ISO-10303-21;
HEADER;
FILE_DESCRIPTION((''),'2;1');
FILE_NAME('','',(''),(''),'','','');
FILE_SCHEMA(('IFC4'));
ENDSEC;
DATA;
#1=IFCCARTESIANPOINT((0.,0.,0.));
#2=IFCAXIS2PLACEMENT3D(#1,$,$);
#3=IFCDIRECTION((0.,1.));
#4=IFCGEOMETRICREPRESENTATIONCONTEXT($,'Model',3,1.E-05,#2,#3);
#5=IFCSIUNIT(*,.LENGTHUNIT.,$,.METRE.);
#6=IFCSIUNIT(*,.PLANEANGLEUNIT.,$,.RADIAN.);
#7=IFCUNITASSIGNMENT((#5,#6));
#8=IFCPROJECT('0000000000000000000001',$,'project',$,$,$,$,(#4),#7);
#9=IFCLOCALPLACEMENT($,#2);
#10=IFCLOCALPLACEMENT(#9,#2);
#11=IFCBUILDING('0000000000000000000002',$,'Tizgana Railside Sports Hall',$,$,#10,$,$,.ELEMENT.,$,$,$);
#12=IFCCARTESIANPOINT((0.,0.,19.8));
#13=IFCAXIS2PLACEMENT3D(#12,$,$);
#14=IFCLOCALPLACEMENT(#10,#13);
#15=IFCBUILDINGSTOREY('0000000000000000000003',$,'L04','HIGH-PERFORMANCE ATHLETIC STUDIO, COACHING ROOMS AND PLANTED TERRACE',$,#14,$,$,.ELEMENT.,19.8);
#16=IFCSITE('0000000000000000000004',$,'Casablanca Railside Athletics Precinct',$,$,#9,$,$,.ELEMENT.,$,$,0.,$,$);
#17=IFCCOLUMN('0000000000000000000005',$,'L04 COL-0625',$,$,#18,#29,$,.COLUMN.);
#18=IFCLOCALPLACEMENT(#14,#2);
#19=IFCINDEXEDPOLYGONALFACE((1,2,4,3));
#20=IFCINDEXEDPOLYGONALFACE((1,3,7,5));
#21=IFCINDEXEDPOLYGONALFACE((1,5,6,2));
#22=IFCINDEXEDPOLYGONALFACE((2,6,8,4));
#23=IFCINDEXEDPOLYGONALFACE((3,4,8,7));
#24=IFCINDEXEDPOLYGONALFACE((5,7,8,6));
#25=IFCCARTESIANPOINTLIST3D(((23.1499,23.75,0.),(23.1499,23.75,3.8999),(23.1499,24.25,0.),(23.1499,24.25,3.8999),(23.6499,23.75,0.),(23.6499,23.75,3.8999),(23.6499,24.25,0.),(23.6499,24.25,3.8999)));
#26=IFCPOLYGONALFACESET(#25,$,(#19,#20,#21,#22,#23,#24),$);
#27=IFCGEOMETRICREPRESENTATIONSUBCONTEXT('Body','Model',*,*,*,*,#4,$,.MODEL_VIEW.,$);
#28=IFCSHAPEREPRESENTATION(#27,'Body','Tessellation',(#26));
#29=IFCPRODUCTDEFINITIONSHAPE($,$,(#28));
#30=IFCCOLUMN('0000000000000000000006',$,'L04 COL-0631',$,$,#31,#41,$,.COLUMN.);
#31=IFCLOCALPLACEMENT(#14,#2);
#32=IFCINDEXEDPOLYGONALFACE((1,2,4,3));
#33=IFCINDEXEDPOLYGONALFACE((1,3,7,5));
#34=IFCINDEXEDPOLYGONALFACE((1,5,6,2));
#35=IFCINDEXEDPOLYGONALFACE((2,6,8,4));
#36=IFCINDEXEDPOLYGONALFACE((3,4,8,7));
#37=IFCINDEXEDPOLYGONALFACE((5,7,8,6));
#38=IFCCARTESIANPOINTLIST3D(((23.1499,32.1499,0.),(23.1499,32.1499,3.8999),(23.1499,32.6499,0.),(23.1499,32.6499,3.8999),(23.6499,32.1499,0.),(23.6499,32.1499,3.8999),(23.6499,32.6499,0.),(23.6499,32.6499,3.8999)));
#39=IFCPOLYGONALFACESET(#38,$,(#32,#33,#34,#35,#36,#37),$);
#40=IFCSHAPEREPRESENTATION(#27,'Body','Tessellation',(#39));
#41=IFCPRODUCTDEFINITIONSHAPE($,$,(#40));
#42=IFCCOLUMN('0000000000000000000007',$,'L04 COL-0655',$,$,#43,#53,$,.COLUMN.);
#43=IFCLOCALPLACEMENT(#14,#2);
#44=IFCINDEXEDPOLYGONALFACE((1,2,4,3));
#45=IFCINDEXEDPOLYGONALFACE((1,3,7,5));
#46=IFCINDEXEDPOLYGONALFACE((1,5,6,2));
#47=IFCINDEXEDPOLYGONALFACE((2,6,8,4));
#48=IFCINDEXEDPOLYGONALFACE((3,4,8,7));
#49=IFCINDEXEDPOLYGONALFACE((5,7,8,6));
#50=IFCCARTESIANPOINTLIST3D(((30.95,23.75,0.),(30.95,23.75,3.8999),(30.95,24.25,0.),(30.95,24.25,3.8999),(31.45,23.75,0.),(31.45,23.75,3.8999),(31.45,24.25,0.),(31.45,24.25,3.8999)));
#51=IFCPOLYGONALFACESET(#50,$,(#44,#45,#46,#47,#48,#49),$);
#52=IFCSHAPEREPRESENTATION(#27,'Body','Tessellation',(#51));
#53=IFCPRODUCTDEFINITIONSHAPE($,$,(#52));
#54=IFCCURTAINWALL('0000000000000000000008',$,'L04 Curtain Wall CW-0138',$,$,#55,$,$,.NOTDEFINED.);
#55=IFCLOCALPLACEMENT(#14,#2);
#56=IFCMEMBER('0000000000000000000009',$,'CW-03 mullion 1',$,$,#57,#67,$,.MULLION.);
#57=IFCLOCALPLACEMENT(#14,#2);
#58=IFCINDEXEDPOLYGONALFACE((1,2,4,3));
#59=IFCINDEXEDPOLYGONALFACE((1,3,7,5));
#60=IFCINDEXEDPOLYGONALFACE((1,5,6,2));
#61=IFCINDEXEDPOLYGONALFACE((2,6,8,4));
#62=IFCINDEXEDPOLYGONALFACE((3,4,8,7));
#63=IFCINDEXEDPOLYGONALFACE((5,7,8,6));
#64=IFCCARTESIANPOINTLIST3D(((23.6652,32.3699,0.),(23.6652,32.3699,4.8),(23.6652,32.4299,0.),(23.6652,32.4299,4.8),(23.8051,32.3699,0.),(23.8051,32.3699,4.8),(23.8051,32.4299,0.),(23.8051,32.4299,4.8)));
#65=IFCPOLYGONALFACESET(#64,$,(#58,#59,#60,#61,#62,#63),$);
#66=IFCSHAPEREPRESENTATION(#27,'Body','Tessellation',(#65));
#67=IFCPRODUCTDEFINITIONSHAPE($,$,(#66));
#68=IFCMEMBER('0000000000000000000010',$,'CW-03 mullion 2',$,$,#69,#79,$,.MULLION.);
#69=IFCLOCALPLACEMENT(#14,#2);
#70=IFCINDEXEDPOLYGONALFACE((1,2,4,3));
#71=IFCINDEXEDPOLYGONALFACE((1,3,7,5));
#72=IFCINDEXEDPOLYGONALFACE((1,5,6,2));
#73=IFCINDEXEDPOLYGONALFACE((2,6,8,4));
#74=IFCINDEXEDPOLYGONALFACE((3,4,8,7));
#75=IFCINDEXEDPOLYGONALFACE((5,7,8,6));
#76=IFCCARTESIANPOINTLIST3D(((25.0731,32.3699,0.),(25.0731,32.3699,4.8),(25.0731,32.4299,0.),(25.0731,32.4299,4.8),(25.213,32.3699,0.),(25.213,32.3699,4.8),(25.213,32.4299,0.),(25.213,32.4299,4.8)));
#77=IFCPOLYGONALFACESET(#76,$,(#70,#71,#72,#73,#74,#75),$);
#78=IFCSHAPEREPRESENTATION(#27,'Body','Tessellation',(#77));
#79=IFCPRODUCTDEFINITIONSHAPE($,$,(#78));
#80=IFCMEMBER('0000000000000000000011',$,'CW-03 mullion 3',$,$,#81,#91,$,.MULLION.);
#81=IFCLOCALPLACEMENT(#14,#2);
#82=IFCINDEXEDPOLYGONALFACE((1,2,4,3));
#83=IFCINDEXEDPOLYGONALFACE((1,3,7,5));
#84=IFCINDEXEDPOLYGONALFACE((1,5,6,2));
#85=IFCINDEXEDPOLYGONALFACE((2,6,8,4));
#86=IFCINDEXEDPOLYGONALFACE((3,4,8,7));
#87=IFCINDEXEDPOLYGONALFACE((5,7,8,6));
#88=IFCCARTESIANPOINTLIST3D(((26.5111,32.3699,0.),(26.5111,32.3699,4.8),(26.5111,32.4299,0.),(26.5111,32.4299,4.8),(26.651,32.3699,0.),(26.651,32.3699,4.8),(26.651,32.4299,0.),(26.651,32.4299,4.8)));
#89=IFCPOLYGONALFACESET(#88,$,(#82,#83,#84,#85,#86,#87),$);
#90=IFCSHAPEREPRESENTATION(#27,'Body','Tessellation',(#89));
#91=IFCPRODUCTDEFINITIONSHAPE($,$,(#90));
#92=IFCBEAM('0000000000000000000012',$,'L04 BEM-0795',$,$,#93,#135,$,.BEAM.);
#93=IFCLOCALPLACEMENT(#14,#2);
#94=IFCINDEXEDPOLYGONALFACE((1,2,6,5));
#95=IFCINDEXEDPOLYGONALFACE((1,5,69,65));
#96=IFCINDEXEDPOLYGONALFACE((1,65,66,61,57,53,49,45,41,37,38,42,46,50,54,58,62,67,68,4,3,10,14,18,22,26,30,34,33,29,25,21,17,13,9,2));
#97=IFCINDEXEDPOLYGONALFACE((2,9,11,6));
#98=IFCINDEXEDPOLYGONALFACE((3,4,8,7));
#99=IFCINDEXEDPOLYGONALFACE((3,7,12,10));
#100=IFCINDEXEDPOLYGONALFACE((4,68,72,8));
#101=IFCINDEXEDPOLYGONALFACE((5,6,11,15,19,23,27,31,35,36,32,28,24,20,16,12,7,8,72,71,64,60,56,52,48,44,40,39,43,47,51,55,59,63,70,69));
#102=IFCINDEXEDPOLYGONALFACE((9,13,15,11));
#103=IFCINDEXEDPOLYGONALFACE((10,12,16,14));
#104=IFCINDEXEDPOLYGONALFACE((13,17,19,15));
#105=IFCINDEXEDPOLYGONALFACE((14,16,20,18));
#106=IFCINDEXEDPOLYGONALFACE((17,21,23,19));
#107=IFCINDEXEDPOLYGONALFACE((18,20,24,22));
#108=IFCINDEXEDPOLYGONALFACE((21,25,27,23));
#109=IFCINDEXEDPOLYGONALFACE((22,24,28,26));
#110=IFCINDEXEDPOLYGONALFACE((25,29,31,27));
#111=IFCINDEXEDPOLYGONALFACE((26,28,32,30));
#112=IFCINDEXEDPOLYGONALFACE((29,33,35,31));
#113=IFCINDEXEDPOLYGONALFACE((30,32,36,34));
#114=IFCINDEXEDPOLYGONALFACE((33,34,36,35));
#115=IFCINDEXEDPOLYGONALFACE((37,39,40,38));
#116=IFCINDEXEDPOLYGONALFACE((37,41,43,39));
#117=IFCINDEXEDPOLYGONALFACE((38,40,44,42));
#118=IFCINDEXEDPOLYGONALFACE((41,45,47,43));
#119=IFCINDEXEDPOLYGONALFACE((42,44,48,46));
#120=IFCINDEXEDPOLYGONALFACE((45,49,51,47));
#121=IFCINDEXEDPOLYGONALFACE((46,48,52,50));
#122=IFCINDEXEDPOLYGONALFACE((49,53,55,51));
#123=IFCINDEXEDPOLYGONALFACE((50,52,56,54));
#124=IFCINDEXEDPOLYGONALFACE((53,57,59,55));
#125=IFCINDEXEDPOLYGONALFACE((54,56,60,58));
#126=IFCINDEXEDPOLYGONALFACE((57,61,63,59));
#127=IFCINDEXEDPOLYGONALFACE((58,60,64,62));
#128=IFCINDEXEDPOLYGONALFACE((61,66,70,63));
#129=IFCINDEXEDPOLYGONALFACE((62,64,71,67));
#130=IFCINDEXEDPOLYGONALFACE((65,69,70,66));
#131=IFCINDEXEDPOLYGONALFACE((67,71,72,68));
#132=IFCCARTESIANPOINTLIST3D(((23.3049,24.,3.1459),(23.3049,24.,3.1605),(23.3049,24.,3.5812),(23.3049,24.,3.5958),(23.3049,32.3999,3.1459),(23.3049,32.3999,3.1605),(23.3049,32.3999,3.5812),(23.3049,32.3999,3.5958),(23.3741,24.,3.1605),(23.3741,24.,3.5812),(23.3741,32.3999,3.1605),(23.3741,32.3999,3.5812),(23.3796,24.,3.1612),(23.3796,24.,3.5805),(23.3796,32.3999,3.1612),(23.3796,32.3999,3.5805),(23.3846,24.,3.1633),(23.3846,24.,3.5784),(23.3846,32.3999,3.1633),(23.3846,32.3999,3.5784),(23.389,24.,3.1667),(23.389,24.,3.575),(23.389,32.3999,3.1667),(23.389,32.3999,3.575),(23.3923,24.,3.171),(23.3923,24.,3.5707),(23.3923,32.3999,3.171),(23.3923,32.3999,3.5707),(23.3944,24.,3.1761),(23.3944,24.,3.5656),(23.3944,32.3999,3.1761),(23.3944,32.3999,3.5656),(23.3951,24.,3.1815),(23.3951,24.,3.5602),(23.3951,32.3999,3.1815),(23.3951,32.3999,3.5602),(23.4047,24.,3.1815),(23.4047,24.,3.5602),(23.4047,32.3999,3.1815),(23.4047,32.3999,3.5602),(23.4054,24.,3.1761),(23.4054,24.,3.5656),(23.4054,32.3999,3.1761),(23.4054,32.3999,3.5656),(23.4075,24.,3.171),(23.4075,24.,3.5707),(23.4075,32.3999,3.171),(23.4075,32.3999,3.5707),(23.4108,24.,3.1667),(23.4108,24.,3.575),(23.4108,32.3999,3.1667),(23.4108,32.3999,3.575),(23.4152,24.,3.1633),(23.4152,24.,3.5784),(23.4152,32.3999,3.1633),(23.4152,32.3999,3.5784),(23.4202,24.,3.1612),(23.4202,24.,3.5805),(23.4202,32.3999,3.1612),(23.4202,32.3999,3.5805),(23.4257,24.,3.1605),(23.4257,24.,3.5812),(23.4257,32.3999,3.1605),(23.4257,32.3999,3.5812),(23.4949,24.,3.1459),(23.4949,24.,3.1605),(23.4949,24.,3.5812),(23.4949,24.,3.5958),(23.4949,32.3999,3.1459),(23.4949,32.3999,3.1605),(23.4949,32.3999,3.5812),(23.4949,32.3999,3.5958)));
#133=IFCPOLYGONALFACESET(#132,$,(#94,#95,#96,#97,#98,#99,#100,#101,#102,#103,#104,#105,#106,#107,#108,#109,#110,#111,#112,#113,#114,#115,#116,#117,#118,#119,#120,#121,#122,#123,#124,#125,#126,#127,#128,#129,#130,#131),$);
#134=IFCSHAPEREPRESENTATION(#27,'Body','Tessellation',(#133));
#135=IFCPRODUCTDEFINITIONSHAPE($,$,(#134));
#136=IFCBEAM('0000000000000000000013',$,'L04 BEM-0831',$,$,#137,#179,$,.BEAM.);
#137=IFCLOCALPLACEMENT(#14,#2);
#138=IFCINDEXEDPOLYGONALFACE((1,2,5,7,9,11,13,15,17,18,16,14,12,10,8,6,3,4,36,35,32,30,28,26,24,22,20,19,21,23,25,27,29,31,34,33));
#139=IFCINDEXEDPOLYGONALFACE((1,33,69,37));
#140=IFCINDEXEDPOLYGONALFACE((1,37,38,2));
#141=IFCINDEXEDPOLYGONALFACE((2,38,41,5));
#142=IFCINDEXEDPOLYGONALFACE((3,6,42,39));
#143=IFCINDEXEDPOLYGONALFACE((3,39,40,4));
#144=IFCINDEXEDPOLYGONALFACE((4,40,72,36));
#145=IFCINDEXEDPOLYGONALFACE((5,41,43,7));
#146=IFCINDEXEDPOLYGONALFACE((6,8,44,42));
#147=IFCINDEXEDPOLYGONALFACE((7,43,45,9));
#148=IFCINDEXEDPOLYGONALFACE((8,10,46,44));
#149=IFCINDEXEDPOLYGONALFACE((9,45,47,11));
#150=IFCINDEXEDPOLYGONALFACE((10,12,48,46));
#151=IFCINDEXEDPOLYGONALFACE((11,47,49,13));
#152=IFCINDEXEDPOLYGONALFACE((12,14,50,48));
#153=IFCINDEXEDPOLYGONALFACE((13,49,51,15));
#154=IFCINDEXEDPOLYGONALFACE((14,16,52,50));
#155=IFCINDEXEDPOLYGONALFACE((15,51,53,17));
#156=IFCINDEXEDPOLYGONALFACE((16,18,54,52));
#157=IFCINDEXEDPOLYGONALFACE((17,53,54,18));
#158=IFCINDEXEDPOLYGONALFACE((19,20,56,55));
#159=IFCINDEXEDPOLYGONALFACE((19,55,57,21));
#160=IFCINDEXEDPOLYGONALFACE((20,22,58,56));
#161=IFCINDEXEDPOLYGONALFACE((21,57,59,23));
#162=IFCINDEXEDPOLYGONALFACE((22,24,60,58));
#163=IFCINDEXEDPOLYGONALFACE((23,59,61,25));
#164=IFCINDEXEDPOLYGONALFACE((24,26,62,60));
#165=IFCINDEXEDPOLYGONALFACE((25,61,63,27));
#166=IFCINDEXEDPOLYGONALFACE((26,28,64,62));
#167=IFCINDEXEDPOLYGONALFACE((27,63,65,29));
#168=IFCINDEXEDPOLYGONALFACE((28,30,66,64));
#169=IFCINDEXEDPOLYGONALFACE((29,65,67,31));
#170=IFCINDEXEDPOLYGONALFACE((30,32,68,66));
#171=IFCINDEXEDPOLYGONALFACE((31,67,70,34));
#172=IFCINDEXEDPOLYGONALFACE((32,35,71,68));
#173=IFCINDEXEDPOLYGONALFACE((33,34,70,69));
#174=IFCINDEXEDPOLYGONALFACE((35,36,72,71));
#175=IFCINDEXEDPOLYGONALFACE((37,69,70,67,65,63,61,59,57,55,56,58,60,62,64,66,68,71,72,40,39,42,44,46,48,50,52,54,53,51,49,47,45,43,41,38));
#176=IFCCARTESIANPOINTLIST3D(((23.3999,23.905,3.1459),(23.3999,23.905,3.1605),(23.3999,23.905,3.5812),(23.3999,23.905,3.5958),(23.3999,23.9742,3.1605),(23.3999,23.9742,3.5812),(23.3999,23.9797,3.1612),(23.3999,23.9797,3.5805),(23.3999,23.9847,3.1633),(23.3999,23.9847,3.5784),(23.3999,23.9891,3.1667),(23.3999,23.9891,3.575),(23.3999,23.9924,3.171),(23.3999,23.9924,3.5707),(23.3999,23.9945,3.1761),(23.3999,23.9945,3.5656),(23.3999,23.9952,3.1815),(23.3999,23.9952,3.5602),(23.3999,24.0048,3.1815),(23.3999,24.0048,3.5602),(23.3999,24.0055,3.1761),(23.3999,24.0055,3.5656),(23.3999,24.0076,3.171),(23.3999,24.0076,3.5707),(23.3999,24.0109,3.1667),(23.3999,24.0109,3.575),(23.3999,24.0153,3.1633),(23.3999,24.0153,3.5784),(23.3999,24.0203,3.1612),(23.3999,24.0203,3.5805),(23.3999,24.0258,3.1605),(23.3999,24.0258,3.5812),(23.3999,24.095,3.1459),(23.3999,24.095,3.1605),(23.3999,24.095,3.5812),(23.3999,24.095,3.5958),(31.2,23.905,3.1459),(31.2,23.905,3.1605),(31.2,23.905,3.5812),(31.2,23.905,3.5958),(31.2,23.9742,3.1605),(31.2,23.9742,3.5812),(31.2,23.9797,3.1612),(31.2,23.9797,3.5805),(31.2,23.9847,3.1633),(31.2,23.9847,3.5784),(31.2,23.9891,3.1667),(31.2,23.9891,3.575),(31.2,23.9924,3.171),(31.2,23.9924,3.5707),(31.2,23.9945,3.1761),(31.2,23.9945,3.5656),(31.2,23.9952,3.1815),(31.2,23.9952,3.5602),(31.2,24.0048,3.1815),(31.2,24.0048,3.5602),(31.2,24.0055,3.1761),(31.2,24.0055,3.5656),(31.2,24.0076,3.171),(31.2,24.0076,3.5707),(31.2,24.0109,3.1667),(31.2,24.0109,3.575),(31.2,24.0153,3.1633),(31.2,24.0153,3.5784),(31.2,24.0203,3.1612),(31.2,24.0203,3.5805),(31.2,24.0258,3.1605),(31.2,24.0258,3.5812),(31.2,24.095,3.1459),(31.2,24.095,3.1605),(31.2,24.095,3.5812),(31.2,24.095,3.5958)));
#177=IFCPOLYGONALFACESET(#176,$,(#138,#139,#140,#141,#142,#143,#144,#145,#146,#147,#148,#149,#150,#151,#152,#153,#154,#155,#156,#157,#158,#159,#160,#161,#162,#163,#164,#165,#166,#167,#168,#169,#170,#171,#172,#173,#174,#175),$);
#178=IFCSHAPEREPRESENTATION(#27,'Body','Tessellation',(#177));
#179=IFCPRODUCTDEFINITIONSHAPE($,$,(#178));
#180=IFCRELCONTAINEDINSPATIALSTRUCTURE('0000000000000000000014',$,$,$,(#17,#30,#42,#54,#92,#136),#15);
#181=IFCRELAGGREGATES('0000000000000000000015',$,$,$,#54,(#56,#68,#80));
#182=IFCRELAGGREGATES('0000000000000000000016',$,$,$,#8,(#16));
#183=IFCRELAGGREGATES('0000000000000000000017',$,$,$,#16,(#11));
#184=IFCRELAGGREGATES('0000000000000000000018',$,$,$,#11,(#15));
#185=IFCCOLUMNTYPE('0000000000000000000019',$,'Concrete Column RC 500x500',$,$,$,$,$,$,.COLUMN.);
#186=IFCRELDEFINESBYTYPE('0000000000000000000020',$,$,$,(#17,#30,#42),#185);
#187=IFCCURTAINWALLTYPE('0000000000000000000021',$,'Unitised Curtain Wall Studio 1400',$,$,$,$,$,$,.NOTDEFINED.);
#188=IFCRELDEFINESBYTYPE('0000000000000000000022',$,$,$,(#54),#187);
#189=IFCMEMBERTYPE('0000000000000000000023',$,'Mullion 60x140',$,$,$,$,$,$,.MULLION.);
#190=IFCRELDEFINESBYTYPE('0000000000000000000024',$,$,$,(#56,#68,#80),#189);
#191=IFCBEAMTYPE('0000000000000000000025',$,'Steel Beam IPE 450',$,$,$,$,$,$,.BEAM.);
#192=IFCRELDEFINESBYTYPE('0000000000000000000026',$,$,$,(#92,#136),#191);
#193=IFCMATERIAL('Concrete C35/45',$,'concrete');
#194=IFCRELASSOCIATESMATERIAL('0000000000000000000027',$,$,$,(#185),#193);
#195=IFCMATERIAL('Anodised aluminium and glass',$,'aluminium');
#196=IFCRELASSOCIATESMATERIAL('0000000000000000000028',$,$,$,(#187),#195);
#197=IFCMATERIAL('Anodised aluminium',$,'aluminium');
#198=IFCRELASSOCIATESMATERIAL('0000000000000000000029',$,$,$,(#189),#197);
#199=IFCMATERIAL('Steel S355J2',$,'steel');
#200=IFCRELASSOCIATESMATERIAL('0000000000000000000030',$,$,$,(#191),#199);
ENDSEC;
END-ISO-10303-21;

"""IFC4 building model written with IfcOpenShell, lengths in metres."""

from ifc_helpers import new_model, si_unit, direction, frame, origin, origin_2d, place, context, subcontext, project, spatial, rectangle, i_section, extrude, material, material_profile, profile_set, type_object, element, aggregate, save


model = new_model("IFC4")

# Units and contexts
model_context = context("Model", 3, precision=1e-05, world=origin(), true_north=direction((0.0, 1.0)))
body_context = subcontext(model_context, "Body", "Model", "MODEL_VIEW")
ifc_project = project(units=[si_unit("LENGTHUNIT", "METRE"), si_unit("PLANEANGLEUNIT", "RADIAN")], contexts=[model_context])

# Site, building, storey
site_placement = place(None, origin())
site = spatial("IfcSite", under=ifc_project, at=site_placement, Name="Casablanca Railside Athletics Precinct", CompositionType="ELEMENT", RefElevation=0.0)
building_placement = place(site_placement, origin())
building = spatial("IfcBuilding", under=site, at=building_placement, Name="Tizgana Railside Sports Hall", CompositionType="ELEMENT")
storey_placement = place(building_placement, frame((0.0, 0.0, 19.8)))
storey = spatial("IfcBuildingStorey", under=building, at=storey_placement, Name="L04", Description="HIGH-PERFORMANCE ATHLETIC STUDIO, COACHING ROOMS AND PLANTED TERRACE", CompositionType="ELEMENT", Elevation=19.8)

# Columns
ifc_material_1 = material(Name="Concrete C35/45", Category="concrete")
ifc_material_profile_1 = material_profile(ifc_material_1, rectangle(XDim=0.5, YDim=0.5, at=origin_2d()), Name="RC 500x500")
ifc_profile_set_1 = profile_set([ifc_material_profile_1], Name="Concrete C35/45")
column_type = type_object("IfcColumnType", Name="Concrete Column RC 500x500", PredefinedType="COLUMN", material=ifc_profile_set_1)
for number, where, z_axis, x_axis, name in (
    (1, (23.3999, 24.0, 0.0), (0.0, 0.0, 1.0), (1.0, 0.0, 0.0), "L04 COL-0625"),
    (2, (23.3999, 32.3999, 0.0), (0.0, 0.0, 1.0), (1.0, 0.0, 0.0), "L04 COL-0631"),
    (3, (31.2, 24.0, 0.0), (0.0, 0.0, 1.0), (1.0, 0.0, 0.0), "L04 COL-0655"),
):
    element("IfcColumn", number, at=place(storey_placement, frame(where, z_axis=z_axis, x_axis=x_axis)), inside=storey, type_object=column_type, Name=name, PredefinedType="COLUMN", context=body_context, shape_type="SweptSolid", body=[
        extrude(rectangle(XDim=0.5, YDim=0.5, at=origin_2d()), origin(), (0.0, 0.0, 1.0), 3.8999),
    ])

# Curtain wall, members
ifc_material_2 = material(Name="Anodised aluminium and glass", Category="aluminium")
curtain_wall_type = type_object("IfcCurtainWallType", Name="Unitised Curtain Wall Studio 1400", PredefinedType="NOTDEFINED", material=ifc_material_2)
curtain_wall_placement = place(storey_placement, origin())
curtain_wall = element("IfcCurtainWall", 4, at=curtain_wall_placement, inside=storey, type_object=curtain_wall_type, Name="L04 Curtain Wall CW-0138", PredefinedType="NOTDEFINED")
ifc_material_3 = material(Name="Anodised aluminium", Category="aluminium")
ifc_material_profile_2 = material_profile(ifc_material_3, rectangle(XDim=0.0601, YDim=0.1399, at=origin_2d()), Name="Mullion 60x140")
ifc_profile_set_2 = profile_set([ifc_material_profile_2], Name="Anodised aluminium")
member_type_1 = type_object("IfcMemberType", Name="Mullion 60x140", PredefinedType="MULLION", material=ifc_profile_set_2)
member_1_placement = place(storey_placement, frame((23.7351, 32.3999, 0.0), z_axis=(0.0, 0.0, 1.0), x_axis=(0.0, 1.0, 0.0)))
member_1 = element("IfcMember", 5, at=member_1_placement, type_object=member_type_1, Name="CW-03 mullion 1", PredefinedType="MULLION", context=body_context, shape_type="SweptSolid", body=[
    extrude(rectangle(XDim=0.0601, YDim=0.1399, at=origin_2d()), origin(), (0.0, 0.0, 1.0), 4.8),
])
member_2_placement = place(storey_placement, frame((25.1431, 32.3999, 0.0), z_axis=(0.0, 0.0, 1.0), x_axis=(0.0, 1.0, 0.0)))
member_2 = element("IfcMember", 6, at=member_2_placement, type_object=member_type_1, Name="CW-03 mullion 2", PredefinedType="MULLION", context=body_context, shape_type="SweptSolid", body=[
    extrude(rectangle(XDim=0.0601, YDim=0.1399, at=origin_2d()), origin(), (0.0, 0.0, 1.0), 4.8),
])
member_3_placement = place(storey_placement, frame((26.5811, 32.3999, 0.0), z_axis=(0.0, 0.0, 1.0), x_axis=(0.0, 1.0, 0.0)))
member_3 = element("IfcMember", 7, at=member_3_placement, type_object=member_type_1, Name="CW-03 mullion 3", PredefinedType="MULLION", context=body_context, shape_type="SweptSolid", body=[
    extrude(rectangle(XDim=0.0601, YDim=0.1399, at=origin_2d()), origin(), (0.0, 0.0, 1.0), 4.8),
])

# Beams
ifc_material_4 = material(Name="Steel S355J2", Category="steel")
ifc_material_profile_3 = material_profile(ifc_material_4, i_section(OverallWidth=0.1899, OverallDepth=0.45, WebThickness=0.0095, FlangeThickness=0.0146, FilletRadius=0.021, at=origin_2d()), Name="IPE 450")
ifc_profile_set_3 = profile_set([ifc_material_profile_3], Name="Steel S355J2")
beam_type_1 = type_object("IfcBeamType", Name="Steel Beam IPE 450", PredefinedType="BEAM", material=ifc_profile_set_3)
beam_1_placement = place(storey_placement, frame((23.3999, 24.0, 3.3708), z_axis=(0.0, 1.0, 0.0), x_axis=(-1.0, 0.0, 0.0)))
element("IfcBeam", 8, at=beam_1_placement, inside=storey, type_object=beam_type_1, Name="L04 BEM-0795", PredefinedType="BEAM", context=body_context, shape_type="SweptSolid", body=[
    extrude(i_section(OverallWidth=0.1899, OverallDepth=0.45, WebThickness=0.0095, FlangeThickness=0.0146, FilletRadius=0.021, at=origin_2d()), origin(), (0.0, 0.0, 1.0), 8.3999),
])
beam_2_placement = place(storey_placement, frame((23.3999, 24.0, 3.3708), z_axis=(1.0, 0.0, 0.0), x_axis=(0.0, 1.0, 0.0)))
element("IfcBeam", 9, at=beam_2_placement, inside=storey, type_object=beam_type_1, Name="L04 BEM-0831", PredefinedType="BEAM", context=body_context, shape_type="SweptSolid", body=[
    extrude(i_section(OverallWidth=0.1899, OverallDepth=0.45, WebThickness=0.0095, FlangeThickness=0.0146, FilletRadius=0.021, at=origin_2d()), origin(), (0.0, 0.0, 1.0), 7.8),
])

aggregate(curtain_wall, [member_1, member_2, member_3])

save(model, "model.ifc")
